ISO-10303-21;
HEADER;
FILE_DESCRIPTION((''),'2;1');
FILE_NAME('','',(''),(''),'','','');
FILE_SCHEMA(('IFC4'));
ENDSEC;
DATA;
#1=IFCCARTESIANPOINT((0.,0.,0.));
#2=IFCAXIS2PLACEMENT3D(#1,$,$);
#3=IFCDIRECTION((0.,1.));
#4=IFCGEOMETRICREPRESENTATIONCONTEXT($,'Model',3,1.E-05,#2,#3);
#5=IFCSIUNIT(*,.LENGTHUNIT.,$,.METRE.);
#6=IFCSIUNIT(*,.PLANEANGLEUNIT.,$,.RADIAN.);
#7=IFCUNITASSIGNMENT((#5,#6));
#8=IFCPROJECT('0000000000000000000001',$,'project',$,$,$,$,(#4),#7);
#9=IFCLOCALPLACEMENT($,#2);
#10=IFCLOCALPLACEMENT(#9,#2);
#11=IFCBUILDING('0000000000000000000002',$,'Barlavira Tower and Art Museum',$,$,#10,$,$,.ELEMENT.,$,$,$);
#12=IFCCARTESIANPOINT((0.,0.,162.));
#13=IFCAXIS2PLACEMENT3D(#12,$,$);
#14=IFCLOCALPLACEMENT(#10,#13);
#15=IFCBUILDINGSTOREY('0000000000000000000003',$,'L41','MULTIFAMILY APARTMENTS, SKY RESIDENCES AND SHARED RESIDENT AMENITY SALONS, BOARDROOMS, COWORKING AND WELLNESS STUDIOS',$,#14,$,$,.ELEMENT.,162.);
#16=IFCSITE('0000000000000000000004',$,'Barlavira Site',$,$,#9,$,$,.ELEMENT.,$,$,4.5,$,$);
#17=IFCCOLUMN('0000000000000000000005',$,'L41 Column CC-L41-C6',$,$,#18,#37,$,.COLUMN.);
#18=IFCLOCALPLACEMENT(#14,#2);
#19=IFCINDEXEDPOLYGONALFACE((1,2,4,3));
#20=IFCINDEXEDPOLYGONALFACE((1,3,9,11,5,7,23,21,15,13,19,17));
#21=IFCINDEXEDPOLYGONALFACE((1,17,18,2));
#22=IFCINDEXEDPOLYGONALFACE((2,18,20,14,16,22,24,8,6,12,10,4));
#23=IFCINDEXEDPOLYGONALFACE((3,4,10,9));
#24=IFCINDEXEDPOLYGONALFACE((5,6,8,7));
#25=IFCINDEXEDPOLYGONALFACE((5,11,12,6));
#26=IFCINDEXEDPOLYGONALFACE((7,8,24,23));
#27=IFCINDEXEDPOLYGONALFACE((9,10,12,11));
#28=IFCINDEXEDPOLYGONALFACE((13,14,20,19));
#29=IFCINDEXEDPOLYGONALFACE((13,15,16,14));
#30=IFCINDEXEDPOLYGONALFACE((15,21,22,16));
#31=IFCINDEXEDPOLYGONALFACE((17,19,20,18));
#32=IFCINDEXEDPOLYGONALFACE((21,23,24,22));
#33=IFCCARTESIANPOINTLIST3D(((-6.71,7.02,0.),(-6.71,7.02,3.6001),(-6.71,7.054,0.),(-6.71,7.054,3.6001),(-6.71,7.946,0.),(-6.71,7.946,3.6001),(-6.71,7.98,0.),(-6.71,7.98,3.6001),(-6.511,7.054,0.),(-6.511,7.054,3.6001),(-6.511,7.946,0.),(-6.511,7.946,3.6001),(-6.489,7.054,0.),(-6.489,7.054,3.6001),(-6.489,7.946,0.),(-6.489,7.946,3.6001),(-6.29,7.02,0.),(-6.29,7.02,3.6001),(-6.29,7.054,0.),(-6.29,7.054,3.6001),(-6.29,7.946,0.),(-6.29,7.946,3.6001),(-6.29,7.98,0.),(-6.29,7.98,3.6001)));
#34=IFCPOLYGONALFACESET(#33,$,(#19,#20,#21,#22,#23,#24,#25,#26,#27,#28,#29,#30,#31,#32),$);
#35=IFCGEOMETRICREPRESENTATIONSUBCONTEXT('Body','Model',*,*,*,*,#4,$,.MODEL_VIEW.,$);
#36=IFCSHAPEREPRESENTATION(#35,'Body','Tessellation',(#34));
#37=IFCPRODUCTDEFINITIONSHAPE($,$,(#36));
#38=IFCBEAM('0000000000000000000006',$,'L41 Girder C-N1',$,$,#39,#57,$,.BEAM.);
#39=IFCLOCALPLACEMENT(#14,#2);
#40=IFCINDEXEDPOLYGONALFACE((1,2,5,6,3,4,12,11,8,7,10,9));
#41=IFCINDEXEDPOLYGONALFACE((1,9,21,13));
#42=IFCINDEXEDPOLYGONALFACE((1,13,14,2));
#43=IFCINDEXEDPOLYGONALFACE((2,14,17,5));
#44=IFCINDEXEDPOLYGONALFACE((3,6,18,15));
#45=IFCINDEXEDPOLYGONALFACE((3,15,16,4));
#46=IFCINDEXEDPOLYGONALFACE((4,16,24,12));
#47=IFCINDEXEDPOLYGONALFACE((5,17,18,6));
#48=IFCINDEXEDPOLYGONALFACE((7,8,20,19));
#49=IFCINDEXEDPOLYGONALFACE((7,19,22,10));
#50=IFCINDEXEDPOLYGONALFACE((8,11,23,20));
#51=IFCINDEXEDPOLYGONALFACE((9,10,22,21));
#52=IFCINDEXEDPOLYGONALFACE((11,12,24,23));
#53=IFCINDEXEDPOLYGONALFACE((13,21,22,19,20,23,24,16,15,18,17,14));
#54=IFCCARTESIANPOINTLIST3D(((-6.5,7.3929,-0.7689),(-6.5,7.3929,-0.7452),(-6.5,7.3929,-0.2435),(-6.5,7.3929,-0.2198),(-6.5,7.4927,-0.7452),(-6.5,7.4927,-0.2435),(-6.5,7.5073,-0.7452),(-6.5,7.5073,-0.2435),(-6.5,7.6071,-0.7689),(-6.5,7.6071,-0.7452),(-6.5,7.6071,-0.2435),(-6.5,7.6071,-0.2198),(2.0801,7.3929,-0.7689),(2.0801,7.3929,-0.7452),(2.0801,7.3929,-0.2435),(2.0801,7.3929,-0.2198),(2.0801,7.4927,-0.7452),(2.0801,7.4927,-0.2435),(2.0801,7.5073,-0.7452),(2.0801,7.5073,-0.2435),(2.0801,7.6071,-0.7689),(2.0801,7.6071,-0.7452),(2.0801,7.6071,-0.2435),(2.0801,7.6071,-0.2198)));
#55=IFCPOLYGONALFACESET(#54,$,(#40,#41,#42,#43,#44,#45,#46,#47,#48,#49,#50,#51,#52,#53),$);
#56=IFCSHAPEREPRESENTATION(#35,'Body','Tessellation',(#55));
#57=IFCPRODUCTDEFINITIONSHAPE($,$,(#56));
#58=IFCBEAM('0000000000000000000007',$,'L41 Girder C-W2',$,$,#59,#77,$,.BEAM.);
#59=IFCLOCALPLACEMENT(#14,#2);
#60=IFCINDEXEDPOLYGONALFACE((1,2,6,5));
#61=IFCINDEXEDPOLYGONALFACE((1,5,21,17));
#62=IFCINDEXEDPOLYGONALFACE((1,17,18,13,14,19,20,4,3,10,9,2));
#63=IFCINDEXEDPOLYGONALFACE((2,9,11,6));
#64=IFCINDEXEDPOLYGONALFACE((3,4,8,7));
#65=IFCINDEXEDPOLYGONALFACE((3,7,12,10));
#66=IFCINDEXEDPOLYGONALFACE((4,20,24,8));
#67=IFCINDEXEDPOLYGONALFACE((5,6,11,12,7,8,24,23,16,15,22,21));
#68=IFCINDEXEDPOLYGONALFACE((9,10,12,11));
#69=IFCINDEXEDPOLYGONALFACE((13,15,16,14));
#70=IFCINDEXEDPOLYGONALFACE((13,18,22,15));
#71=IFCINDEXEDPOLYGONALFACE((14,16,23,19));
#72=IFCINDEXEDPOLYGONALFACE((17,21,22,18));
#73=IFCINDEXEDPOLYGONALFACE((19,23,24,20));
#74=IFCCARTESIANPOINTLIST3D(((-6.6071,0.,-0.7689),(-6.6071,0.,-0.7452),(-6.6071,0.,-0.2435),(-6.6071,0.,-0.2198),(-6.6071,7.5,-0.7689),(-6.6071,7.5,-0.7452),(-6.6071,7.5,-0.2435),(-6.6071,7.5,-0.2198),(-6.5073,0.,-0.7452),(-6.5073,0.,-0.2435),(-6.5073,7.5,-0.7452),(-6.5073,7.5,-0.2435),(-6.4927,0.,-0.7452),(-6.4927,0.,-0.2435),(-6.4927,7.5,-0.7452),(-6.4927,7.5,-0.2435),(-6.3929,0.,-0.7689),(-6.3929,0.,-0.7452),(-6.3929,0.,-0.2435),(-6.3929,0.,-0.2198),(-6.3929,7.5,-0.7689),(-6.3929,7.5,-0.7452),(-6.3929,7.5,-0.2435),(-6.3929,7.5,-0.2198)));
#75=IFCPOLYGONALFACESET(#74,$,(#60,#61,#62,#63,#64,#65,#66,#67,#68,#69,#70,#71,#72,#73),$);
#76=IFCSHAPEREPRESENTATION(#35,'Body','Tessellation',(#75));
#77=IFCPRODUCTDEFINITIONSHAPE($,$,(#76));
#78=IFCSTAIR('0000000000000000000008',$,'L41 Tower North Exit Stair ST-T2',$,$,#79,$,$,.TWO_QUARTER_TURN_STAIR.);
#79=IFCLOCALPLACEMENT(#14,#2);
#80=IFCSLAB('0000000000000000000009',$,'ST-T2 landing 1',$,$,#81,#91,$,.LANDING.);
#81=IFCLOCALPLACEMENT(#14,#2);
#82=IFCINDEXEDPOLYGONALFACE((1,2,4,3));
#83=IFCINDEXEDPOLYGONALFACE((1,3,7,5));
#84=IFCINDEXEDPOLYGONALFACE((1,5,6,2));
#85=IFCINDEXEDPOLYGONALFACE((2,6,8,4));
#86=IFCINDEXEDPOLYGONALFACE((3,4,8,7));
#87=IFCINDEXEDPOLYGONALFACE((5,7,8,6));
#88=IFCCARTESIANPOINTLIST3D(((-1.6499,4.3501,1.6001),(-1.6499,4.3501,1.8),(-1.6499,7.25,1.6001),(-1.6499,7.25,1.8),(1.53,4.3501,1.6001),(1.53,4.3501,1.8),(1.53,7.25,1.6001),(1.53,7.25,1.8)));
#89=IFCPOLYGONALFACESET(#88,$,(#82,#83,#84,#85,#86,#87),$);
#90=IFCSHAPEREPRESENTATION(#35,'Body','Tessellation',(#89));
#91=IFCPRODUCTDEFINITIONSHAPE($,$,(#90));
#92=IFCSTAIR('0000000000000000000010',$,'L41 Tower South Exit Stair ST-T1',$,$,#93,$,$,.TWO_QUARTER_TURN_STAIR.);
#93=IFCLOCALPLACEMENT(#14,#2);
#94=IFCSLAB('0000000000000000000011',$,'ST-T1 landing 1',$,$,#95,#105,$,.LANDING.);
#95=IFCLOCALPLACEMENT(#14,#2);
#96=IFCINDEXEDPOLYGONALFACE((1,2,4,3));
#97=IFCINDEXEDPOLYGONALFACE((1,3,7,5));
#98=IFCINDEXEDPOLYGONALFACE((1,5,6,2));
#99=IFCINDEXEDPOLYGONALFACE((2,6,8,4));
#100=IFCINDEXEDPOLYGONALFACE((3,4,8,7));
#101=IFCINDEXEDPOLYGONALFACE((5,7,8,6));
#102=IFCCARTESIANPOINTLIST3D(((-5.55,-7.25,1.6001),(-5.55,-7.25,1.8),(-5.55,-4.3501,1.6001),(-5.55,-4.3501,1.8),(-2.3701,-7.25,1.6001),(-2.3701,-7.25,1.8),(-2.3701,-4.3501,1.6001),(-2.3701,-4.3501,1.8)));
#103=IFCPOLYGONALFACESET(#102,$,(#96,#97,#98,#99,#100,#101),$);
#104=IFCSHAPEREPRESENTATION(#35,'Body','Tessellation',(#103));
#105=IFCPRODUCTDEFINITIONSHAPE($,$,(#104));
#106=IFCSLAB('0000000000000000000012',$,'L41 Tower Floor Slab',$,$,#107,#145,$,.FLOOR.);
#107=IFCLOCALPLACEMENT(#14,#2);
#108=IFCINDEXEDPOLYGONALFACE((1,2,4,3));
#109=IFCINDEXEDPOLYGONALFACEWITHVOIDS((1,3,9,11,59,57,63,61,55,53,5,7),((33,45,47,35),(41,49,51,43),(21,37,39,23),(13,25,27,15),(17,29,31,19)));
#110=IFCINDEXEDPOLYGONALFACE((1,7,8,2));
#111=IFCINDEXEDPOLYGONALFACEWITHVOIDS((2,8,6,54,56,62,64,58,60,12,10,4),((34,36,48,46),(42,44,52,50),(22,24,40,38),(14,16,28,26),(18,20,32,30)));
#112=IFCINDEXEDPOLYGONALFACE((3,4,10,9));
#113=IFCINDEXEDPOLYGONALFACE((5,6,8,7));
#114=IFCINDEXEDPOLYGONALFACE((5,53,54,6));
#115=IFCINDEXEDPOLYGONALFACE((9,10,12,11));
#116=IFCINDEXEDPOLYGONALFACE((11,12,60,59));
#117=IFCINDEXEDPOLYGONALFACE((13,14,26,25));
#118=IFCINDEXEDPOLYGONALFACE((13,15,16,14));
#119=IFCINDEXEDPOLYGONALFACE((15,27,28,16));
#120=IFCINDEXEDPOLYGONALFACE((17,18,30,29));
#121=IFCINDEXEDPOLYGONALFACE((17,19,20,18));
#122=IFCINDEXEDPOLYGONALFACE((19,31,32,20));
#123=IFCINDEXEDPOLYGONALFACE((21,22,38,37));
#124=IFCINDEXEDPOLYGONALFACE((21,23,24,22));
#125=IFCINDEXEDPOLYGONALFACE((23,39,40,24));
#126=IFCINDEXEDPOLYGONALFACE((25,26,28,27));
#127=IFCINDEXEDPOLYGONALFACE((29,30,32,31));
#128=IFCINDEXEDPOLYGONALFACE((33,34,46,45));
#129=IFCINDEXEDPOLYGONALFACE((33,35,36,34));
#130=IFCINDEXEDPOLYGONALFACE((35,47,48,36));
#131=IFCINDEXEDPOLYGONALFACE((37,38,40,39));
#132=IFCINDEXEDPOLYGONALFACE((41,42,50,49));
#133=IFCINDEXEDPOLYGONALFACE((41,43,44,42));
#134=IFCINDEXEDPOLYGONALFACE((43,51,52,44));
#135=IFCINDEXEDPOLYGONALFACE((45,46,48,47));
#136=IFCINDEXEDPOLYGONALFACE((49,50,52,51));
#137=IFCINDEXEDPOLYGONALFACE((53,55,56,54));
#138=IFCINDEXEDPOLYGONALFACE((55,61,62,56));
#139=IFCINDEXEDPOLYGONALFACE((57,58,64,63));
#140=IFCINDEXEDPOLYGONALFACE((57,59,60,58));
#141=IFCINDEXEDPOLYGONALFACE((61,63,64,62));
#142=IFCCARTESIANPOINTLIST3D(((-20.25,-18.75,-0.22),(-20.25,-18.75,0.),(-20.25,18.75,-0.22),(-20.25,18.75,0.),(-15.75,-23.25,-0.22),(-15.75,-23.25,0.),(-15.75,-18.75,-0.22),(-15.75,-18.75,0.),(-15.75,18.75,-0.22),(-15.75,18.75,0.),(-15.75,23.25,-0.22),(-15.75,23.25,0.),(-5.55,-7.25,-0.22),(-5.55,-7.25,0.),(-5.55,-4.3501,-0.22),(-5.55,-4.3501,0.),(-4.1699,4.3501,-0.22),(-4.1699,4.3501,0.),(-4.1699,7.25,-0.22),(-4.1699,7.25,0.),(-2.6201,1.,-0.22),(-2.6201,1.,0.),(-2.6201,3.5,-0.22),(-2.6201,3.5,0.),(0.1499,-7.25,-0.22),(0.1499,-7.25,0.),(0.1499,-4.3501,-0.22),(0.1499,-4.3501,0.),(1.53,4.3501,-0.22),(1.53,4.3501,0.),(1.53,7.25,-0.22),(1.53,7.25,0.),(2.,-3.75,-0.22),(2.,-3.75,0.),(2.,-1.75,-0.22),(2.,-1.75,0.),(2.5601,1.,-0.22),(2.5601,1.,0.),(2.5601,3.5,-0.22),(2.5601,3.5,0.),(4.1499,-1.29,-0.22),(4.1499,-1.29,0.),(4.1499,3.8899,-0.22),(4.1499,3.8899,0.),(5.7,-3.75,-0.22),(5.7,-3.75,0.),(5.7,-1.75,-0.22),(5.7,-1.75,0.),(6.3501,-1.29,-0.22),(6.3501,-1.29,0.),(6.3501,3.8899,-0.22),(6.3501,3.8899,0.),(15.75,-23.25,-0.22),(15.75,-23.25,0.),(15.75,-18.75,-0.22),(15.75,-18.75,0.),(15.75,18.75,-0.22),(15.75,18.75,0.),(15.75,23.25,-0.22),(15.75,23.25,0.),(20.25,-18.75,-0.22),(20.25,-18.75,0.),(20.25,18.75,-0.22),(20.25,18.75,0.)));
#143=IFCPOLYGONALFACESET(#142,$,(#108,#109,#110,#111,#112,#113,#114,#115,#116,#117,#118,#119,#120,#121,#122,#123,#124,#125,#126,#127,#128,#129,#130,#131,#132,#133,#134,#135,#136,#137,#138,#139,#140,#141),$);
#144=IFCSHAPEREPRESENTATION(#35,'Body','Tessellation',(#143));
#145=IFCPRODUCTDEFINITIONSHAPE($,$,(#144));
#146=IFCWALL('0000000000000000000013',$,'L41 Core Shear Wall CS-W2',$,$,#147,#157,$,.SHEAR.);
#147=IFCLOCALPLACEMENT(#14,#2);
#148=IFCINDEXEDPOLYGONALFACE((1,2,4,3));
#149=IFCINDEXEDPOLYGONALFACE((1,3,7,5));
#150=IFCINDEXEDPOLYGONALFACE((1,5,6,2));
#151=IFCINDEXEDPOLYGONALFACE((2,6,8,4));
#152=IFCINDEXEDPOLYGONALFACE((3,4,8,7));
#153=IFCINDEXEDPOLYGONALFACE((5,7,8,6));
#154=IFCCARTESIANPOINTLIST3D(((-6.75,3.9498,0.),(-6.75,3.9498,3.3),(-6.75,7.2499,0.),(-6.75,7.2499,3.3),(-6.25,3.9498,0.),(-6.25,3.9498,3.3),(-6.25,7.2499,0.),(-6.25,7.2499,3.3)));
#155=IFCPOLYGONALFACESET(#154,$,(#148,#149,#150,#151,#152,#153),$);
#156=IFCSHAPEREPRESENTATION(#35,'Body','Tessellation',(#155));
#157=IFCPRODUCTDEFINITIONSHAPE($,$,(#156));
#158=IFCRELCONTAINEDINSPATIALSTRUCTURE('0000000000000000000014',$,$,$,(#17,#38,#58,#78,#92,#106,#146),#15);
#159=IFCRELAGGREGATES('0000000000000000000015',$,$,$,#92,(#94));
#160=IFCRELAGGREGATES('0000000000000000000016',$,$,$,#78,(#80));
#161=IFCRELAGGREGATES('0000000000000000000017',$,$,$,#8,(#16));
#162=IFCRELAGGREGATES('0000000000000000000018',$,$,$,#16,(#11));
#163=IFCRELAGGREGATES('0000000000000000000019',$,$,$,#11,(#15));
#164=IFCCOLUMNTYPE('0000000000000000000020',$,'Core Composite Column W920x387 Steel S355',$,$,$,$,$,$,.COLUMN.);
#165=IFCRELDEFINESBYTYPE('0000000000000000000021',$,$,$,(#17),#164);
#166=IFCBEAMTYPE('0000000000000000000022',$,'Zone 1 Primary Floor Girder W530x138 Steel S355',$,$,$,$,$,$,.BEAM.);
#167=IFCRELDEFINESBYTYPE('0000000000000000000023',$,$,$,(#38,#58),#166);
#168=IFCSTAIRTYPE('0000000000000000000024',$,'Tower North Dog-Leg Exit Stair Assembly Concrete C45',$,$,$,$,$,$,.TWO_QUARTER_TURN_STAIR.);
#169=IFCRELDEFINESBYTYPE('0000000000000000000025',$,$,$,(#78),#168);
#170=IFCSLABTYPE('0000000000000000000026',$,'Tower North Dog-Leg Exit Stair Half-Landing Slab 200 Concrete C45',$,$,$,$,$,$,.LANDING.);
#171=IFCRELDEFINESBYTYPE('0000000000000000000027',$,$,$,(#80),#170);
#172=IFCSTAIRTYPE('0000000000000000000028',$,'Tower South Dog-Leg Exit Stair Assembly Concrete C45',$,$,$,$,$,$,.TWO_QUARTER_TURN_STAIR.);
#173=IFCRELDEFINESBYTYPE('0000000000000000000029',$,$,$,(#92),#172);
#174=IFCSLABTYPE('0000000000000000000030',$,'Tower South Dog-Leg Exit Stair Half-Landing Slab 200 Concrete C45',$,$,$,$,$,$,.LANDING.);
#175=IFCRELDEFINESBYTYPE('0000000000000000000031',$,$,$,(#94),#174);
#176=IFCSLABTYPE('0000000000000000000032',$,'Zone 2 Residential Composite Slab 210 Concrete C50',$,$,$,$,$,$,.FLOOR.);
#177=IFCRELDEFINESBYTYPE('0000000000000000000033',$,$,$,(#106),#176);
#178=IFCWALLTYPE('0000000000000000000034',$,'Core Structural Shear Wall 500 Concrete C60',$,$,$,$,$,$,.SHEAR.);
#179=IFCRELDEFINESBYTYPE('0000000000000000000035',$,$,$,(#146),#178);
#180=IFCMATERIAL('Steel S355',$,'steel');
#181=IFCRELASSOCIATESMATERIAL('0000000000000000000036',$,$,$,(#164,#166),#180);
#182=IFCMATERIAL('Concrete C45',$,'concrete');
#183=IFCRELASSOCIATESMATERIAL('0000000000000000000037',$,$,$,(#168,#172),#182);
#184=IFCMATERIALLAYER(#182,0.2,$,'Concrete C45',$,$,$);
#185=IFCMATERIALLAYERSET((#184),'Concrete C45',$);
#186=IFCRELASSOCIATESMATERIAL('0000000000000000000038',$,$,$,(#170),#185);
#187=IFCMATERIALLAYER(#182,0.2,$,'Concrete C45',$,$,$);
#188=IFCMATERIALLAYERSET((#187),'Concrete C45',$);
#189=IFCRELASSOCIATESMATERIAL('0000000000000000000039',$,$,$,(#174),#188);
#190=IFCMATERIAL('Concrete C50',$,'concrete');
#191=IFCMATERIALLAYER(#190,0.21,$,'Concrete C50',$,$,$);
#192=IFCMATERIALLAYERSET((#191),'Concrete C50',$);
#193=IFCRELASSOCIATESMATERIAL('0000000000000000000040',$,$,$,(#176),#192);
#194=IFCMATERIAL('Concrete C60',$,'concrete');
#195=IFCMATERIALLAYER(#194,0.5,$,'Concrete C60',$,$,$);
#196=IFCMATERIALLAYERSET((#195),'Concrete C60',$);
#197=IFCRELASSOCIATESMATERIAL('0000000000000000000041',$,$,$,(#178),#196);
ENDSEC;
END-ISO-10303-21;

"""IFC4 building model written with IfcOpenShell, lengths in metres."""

from ifc_helpers import new_model, si_unit, direction, frame, frame_2d, origin, origin_2d, place, context, subcontext, project, spatial, polyline, rectangle, i_section, outline, extrude, material, layer, layer_set, material_profile, profile_set, type_object, element, aggregate, save


model = new_model("IFC4")

# Units and contexts
model_context = context("Model", 3, precision=1e-05, world=origin(), true_north=direction((0.0, 1.0)))
body_context = subcontext(model_context, "Body", "Model", "MODEL_VIEW")
ifc_project = project(units=[si_unit("LENGTHUNIT", "METRE"), si_unit("PLANEANGLEUNIT", "RADIAN")], contexts=[model_context])

# Site, building, storey
site_placement = place(None, origin())
site = spatial("IfcSite", under=ifc_project, at=site_placement, Name="Barlavira Site", CompositionType="ELEMENT", RefElevation=4.5)
building_placement = place(site_placement, origin())
building = spatial("IfcBuilding", under=site, at=building_placement, Name="Barlavira Tower and Art Museum", CompositionType="ELEMENT")
storey_placement = place(building_placement, frame((0.0, 0.0, 162.0)))
storey = spatial("IfcBuildingStorey", under=building, at=storey_placement, Name="L41", Description="MULTIFAMILY APARTMENTS, SKY RESIDENCES AND SHARED RESIDENT AMENITY SALONS, BOARDROOMS, COWORKING AND WELLNESS STUDIOS", CompositionType="ELEMENT", Elevation=162.0)

# Column
ifc_material_1 = material(Name="Steel S355", Category="steel")
ifc_material_profile_1 = material_profile(ifc_material_1, i_section(OverallWidth=0.4199, OverallDepth=0.96, WebThickness=0.022, FlangeThickness=0.0339, at=origin_2d()), Name="W920x387.0")
ifc_profile_set_1 = profile_set([ifc_material_profile_1], Name="Steel S355")
column_type = type_object("IfcColumnType", Name="Core Composite Column W920x387 Steel S355", PredefinedType="COLUMN", material=ifc_profile_set_1)
column_placement = place(storey_placement, frame((-6.5, 7.5, 0.0), z_axis=(0.0, 0.0, 1.0), x_axis=(1.0, 0.0, 0.0)))
element("IfcColumn", 1, at=column_placement, inside=storey, type_object=column_type, Name="L41 Column CC-L41-C6", PredefinedType="COLUMN", context=body_context, shape_type="SweptSolid", body=[
    extrude(i_section(OverallWidth=0.4199, OverallDepth=0.96, WebThickness=0.022, FlangeThickness=0.0339, at=origin_2d()), origin(), (0.0, 0.0, 1.0), 3.6001),
])

# Beams
ifc_material_profile_2 = material_profile(ifc_material_1, i_section(OverallWidth=0.2141, OverallDepth=0.5491, WebThickness=0.0146, FlangeThickness=0.0237, at=origin_2d()), Name="W530x138.0")
ifc_profile_set_2 = profile_set([ifc_material_profile_2], Name="Steel S355")
beam_type = type_object("IfcBeamType", Name="Zone 1 Primary Floor Girder W530x138 Steel S355", PredefinedType="BEAM", material=ifc_profile_set_2)
beam_1_placement = place(storey_placement, frame((-6.5, 7.5, -0.4944), z_axis=(1.0, 0.0, 0.0), x_axis=(0.0, 1.0, 0.0)))
element("IfcBeam", 2, at=beam_1_placement, inside=storey, type_object=beam_type, Name="L41 Girder C-N1", PredefinedType="BEAM", context=body_context, shape_type="SweptSolid", body=[
    extrude(i_section(OverallWidth=0.2141, OverallDepth=0.5491, WebThickness=0.0146, FlangeThickness=0.0237, at=origin_2d()), origin(), (0.0, 0.0, 1.0), 8.5801),
])
beam_2_placement = place(storey_placement, frame((-6.5, 0.0, -0.4944), z_axis=(0.0, 1.0, 0.0), x_axis=(-1.0, 0.0, 0.0)))
element("IfcBeam", 3, at=beam_2_placement, inside=storey, type_object=beam_type, Name="L41 Girder C-W2", PredefinedType="BEAM", context=body_context, shape_type="SweptSolid", body=[
    extrude(i_section(OverallWidth=0.2141, OverallDepth=0.5491, WebThickness=0.0146, FlangeThickness=0.0237, at=origin_2d()), origin(), (0.0, 0.0, 1.0), 7.5),
])

# Stairs, slabs
ifc_material_2 = material(Name="Concrete C45", Category="concrete")
stair_type_1 = type_object("IfcStairType", Name="Tower North Dog-Leg Exit Stair Assembly Concrete C45", PredefinedType="TWO_QUARTER_TURN_STAIR", material=ifc_material_2)
stair_1_placement = place(storey_placement, origin())
stair_1 = element("IfcStair", 4, at=stair_1_placement, inside=storey, type_object=stair_type_1, Name="L41 Tower North Exit Stair ST-T2", PredefinedType="TWO_QUARTER_TURN_STAIR")
ifc_layer_1 = layer(ifc_material_2, 0.2, Name="Concrete C45")
ifc_layer_set_1 = layer_set([ifc_layer_1], Name="Concrete C45")
slab_type_1 = type_object("IfcSlabType", Name="Tower North Dog-Leg Exit Stair Half-Landing Slab 200 Concrete C45", PredefinedType="LANDING", material=ifc_layer_set_1)
slab_1_placement = place(storey_placement, frame((0.0, 0.0, 1.6001)))
slab_1 = element("IfcSlab", 5, at=slab_1_placement, type_object=slab_type_1, Name="ST-T2 landing 1", PredefinedType="LANDING", context=body_context, shape_type="SweptSolid", body=[
    extrude(outline(polyline([(-1.6499, 4.3501), (1.53, 4.3501), (1.53, 7.25), (-1.6499, 7.25), (-1.6499, 4.3501)])), origin(), (0.0, 0.0, 1.0), 0.2),
])
stair_type_2 = type_object("IfcStairType", Name="Tower South Dog-Leg Exit Stair Assembly Concrete C45", PredefinedType="TWO_QUARTER_TURN_STAIR", material=ifc_material_2)
stair_2_placement = place(storey_placement, origin())
stair_2 = element("IfcStair", 6, at=stair_2_placement, inside=storey, type_object=stair_type_2, Name="L41 Tower South Exit Stair ST-T1", PredefinedType="TWO_QUARTER_TURN_STAIR")
ifc_layer_2 = layer(ifc_material_2, 0.2, Name="Concrete C45")
ifc_layer_set_2 = layer_set([ifc_layer_2], Name="Concrete C45")
slab_type_2 = type_object("IfcSlabType", Name="Tower South Dog-Leg Exit Stair Half-Landing Slab 200 Concrete C45", PredefinedType="LANDING", material=ifc_layer_set_2)
slab_2_placement = place(storey_placement, frame((0.0, 0.0, 1.6001)))
slab_2 = element("IfcSlab", 7, at=slab_2_placement, type_object=slab_type_2, Name="ST-T1 landing 1", PredefinedType="LANDING", context=body_context, shape_type="SweptSolid", body=[
    extrude(outline(polyline([(-2.3701, -4.3501), (-5.55, -4.3501), (-5.55, -7.25), (-2.3701, -7.25), (-2.3701, -4.3501)])), origin(), (0.0, 0.0, 1.0), 0.2),
])
aggregate(stair_2, [slab_2])

# Slab
ifc_material_3 = material(Name="Concrete C50", Category="concrete")
ifc_layer_3 = layer(ifc_material_3, 0.21, Name="Concrete C50")
ifc_layer_set_3 = layer_set([ifc_layer_3], Name="Concrete C50")
slab_type_3 = type_object("IfcSlabType", Name="Zone 2 Residential Composite Slab 210 Concrete C50", PredefinedType="FLOOR", material=ifc_layer_set_3)
slab_3_placement = place(storey_placement, frame((0.0, 0.0, -0.22)))
element("IfcSlab", 8, at=slab_3_placement, inside=storey, type_object=slab_type_3, Name="L41 Tower Floor Slab", PredefinedType="FLOOR", context=body_context, shape_type="SweptSolid", body=[
    extrude(outline(polyline([(-15.75, -23.25), (15.75, -23.25), (15.75, -18.75), (20.25, -18.75), (20.25, 18.75), (15.75, 18.75), (15.75, 23.25), (-15.75, 23.25), (-15.75, 18.75), (-20.25, 18.75), (-20.25, -18.75), (-15.75, -18.75), (-15.75, -23.25)]), holes=[polyline([(0.1499, -4.3501), (-5.55, -4.3501), (-5.55, -7.25), (0.1499, -7.25), (0.1499, -4.3501)]), polyline([(-4.1699, 4.3501), (1.53, 4.3501), (1.53, 7.25), (-4.1699, 7.25), (-4.1699, 4.3501)]), polyline([(4.1499, -1.29), (6.3501, -1.29), (6.3501, 3.8899), (4.1499, 3.8899), (4.1499, -1.29)]), polyline([(-2.6201, 1.0), (2.5601, 1.0), (2.5601, 3.5), (-2.6201, 3.5), (-2.6201, 1.0)]), polyline([(2.0, -3.75), (5.7, -3.75), (5.7, -1.75), (2.0, -1.75), (2.0, -3.75)])]), origin(), (0.0, 0.0, 1.0), 0.22),
])

# Shared definitions
ifc_material_4 = material(Name="Concrete C60", Category="concrete")
ifc_layer_4 = layer(ifc_material_4, 0.5, Name="Concrete C60")
ifc_layer_set_4 = layer_set([ifc_layer_4], Name="Concrete C60")
wall_type_1 = type_object("IfcWallType", Name="Core Structural Shear Wall 500 Concrete C60", PredefinedType="SHEAR", material=ifc_layer_set_4)

# Wall
wall_1_placement = place(storey_placement, frame((-6.5, 3.95, 0.0), z_axis=(0.0, 0.0, 1.0), x_axis=(0.0, 1.0, 0.0)))
element("IfcWall", 9, at=wall_1_placement, inside=storey, type_object=wall_type_1, Name="L41 Core Shear Wall CS-W2", PredefinedType="SHEAR", context=body_context, shape_type="SweptSolid", body=[
    extrude(rectangle(XDim=3.3, YDim=0.5, at=frame_2d((1.6499, 0.0))), origin(), (0.0, 0.0, 1.0), 3.3),
])

aggregate(stair_1, [slab_1])

save(model, "model.ifc")
